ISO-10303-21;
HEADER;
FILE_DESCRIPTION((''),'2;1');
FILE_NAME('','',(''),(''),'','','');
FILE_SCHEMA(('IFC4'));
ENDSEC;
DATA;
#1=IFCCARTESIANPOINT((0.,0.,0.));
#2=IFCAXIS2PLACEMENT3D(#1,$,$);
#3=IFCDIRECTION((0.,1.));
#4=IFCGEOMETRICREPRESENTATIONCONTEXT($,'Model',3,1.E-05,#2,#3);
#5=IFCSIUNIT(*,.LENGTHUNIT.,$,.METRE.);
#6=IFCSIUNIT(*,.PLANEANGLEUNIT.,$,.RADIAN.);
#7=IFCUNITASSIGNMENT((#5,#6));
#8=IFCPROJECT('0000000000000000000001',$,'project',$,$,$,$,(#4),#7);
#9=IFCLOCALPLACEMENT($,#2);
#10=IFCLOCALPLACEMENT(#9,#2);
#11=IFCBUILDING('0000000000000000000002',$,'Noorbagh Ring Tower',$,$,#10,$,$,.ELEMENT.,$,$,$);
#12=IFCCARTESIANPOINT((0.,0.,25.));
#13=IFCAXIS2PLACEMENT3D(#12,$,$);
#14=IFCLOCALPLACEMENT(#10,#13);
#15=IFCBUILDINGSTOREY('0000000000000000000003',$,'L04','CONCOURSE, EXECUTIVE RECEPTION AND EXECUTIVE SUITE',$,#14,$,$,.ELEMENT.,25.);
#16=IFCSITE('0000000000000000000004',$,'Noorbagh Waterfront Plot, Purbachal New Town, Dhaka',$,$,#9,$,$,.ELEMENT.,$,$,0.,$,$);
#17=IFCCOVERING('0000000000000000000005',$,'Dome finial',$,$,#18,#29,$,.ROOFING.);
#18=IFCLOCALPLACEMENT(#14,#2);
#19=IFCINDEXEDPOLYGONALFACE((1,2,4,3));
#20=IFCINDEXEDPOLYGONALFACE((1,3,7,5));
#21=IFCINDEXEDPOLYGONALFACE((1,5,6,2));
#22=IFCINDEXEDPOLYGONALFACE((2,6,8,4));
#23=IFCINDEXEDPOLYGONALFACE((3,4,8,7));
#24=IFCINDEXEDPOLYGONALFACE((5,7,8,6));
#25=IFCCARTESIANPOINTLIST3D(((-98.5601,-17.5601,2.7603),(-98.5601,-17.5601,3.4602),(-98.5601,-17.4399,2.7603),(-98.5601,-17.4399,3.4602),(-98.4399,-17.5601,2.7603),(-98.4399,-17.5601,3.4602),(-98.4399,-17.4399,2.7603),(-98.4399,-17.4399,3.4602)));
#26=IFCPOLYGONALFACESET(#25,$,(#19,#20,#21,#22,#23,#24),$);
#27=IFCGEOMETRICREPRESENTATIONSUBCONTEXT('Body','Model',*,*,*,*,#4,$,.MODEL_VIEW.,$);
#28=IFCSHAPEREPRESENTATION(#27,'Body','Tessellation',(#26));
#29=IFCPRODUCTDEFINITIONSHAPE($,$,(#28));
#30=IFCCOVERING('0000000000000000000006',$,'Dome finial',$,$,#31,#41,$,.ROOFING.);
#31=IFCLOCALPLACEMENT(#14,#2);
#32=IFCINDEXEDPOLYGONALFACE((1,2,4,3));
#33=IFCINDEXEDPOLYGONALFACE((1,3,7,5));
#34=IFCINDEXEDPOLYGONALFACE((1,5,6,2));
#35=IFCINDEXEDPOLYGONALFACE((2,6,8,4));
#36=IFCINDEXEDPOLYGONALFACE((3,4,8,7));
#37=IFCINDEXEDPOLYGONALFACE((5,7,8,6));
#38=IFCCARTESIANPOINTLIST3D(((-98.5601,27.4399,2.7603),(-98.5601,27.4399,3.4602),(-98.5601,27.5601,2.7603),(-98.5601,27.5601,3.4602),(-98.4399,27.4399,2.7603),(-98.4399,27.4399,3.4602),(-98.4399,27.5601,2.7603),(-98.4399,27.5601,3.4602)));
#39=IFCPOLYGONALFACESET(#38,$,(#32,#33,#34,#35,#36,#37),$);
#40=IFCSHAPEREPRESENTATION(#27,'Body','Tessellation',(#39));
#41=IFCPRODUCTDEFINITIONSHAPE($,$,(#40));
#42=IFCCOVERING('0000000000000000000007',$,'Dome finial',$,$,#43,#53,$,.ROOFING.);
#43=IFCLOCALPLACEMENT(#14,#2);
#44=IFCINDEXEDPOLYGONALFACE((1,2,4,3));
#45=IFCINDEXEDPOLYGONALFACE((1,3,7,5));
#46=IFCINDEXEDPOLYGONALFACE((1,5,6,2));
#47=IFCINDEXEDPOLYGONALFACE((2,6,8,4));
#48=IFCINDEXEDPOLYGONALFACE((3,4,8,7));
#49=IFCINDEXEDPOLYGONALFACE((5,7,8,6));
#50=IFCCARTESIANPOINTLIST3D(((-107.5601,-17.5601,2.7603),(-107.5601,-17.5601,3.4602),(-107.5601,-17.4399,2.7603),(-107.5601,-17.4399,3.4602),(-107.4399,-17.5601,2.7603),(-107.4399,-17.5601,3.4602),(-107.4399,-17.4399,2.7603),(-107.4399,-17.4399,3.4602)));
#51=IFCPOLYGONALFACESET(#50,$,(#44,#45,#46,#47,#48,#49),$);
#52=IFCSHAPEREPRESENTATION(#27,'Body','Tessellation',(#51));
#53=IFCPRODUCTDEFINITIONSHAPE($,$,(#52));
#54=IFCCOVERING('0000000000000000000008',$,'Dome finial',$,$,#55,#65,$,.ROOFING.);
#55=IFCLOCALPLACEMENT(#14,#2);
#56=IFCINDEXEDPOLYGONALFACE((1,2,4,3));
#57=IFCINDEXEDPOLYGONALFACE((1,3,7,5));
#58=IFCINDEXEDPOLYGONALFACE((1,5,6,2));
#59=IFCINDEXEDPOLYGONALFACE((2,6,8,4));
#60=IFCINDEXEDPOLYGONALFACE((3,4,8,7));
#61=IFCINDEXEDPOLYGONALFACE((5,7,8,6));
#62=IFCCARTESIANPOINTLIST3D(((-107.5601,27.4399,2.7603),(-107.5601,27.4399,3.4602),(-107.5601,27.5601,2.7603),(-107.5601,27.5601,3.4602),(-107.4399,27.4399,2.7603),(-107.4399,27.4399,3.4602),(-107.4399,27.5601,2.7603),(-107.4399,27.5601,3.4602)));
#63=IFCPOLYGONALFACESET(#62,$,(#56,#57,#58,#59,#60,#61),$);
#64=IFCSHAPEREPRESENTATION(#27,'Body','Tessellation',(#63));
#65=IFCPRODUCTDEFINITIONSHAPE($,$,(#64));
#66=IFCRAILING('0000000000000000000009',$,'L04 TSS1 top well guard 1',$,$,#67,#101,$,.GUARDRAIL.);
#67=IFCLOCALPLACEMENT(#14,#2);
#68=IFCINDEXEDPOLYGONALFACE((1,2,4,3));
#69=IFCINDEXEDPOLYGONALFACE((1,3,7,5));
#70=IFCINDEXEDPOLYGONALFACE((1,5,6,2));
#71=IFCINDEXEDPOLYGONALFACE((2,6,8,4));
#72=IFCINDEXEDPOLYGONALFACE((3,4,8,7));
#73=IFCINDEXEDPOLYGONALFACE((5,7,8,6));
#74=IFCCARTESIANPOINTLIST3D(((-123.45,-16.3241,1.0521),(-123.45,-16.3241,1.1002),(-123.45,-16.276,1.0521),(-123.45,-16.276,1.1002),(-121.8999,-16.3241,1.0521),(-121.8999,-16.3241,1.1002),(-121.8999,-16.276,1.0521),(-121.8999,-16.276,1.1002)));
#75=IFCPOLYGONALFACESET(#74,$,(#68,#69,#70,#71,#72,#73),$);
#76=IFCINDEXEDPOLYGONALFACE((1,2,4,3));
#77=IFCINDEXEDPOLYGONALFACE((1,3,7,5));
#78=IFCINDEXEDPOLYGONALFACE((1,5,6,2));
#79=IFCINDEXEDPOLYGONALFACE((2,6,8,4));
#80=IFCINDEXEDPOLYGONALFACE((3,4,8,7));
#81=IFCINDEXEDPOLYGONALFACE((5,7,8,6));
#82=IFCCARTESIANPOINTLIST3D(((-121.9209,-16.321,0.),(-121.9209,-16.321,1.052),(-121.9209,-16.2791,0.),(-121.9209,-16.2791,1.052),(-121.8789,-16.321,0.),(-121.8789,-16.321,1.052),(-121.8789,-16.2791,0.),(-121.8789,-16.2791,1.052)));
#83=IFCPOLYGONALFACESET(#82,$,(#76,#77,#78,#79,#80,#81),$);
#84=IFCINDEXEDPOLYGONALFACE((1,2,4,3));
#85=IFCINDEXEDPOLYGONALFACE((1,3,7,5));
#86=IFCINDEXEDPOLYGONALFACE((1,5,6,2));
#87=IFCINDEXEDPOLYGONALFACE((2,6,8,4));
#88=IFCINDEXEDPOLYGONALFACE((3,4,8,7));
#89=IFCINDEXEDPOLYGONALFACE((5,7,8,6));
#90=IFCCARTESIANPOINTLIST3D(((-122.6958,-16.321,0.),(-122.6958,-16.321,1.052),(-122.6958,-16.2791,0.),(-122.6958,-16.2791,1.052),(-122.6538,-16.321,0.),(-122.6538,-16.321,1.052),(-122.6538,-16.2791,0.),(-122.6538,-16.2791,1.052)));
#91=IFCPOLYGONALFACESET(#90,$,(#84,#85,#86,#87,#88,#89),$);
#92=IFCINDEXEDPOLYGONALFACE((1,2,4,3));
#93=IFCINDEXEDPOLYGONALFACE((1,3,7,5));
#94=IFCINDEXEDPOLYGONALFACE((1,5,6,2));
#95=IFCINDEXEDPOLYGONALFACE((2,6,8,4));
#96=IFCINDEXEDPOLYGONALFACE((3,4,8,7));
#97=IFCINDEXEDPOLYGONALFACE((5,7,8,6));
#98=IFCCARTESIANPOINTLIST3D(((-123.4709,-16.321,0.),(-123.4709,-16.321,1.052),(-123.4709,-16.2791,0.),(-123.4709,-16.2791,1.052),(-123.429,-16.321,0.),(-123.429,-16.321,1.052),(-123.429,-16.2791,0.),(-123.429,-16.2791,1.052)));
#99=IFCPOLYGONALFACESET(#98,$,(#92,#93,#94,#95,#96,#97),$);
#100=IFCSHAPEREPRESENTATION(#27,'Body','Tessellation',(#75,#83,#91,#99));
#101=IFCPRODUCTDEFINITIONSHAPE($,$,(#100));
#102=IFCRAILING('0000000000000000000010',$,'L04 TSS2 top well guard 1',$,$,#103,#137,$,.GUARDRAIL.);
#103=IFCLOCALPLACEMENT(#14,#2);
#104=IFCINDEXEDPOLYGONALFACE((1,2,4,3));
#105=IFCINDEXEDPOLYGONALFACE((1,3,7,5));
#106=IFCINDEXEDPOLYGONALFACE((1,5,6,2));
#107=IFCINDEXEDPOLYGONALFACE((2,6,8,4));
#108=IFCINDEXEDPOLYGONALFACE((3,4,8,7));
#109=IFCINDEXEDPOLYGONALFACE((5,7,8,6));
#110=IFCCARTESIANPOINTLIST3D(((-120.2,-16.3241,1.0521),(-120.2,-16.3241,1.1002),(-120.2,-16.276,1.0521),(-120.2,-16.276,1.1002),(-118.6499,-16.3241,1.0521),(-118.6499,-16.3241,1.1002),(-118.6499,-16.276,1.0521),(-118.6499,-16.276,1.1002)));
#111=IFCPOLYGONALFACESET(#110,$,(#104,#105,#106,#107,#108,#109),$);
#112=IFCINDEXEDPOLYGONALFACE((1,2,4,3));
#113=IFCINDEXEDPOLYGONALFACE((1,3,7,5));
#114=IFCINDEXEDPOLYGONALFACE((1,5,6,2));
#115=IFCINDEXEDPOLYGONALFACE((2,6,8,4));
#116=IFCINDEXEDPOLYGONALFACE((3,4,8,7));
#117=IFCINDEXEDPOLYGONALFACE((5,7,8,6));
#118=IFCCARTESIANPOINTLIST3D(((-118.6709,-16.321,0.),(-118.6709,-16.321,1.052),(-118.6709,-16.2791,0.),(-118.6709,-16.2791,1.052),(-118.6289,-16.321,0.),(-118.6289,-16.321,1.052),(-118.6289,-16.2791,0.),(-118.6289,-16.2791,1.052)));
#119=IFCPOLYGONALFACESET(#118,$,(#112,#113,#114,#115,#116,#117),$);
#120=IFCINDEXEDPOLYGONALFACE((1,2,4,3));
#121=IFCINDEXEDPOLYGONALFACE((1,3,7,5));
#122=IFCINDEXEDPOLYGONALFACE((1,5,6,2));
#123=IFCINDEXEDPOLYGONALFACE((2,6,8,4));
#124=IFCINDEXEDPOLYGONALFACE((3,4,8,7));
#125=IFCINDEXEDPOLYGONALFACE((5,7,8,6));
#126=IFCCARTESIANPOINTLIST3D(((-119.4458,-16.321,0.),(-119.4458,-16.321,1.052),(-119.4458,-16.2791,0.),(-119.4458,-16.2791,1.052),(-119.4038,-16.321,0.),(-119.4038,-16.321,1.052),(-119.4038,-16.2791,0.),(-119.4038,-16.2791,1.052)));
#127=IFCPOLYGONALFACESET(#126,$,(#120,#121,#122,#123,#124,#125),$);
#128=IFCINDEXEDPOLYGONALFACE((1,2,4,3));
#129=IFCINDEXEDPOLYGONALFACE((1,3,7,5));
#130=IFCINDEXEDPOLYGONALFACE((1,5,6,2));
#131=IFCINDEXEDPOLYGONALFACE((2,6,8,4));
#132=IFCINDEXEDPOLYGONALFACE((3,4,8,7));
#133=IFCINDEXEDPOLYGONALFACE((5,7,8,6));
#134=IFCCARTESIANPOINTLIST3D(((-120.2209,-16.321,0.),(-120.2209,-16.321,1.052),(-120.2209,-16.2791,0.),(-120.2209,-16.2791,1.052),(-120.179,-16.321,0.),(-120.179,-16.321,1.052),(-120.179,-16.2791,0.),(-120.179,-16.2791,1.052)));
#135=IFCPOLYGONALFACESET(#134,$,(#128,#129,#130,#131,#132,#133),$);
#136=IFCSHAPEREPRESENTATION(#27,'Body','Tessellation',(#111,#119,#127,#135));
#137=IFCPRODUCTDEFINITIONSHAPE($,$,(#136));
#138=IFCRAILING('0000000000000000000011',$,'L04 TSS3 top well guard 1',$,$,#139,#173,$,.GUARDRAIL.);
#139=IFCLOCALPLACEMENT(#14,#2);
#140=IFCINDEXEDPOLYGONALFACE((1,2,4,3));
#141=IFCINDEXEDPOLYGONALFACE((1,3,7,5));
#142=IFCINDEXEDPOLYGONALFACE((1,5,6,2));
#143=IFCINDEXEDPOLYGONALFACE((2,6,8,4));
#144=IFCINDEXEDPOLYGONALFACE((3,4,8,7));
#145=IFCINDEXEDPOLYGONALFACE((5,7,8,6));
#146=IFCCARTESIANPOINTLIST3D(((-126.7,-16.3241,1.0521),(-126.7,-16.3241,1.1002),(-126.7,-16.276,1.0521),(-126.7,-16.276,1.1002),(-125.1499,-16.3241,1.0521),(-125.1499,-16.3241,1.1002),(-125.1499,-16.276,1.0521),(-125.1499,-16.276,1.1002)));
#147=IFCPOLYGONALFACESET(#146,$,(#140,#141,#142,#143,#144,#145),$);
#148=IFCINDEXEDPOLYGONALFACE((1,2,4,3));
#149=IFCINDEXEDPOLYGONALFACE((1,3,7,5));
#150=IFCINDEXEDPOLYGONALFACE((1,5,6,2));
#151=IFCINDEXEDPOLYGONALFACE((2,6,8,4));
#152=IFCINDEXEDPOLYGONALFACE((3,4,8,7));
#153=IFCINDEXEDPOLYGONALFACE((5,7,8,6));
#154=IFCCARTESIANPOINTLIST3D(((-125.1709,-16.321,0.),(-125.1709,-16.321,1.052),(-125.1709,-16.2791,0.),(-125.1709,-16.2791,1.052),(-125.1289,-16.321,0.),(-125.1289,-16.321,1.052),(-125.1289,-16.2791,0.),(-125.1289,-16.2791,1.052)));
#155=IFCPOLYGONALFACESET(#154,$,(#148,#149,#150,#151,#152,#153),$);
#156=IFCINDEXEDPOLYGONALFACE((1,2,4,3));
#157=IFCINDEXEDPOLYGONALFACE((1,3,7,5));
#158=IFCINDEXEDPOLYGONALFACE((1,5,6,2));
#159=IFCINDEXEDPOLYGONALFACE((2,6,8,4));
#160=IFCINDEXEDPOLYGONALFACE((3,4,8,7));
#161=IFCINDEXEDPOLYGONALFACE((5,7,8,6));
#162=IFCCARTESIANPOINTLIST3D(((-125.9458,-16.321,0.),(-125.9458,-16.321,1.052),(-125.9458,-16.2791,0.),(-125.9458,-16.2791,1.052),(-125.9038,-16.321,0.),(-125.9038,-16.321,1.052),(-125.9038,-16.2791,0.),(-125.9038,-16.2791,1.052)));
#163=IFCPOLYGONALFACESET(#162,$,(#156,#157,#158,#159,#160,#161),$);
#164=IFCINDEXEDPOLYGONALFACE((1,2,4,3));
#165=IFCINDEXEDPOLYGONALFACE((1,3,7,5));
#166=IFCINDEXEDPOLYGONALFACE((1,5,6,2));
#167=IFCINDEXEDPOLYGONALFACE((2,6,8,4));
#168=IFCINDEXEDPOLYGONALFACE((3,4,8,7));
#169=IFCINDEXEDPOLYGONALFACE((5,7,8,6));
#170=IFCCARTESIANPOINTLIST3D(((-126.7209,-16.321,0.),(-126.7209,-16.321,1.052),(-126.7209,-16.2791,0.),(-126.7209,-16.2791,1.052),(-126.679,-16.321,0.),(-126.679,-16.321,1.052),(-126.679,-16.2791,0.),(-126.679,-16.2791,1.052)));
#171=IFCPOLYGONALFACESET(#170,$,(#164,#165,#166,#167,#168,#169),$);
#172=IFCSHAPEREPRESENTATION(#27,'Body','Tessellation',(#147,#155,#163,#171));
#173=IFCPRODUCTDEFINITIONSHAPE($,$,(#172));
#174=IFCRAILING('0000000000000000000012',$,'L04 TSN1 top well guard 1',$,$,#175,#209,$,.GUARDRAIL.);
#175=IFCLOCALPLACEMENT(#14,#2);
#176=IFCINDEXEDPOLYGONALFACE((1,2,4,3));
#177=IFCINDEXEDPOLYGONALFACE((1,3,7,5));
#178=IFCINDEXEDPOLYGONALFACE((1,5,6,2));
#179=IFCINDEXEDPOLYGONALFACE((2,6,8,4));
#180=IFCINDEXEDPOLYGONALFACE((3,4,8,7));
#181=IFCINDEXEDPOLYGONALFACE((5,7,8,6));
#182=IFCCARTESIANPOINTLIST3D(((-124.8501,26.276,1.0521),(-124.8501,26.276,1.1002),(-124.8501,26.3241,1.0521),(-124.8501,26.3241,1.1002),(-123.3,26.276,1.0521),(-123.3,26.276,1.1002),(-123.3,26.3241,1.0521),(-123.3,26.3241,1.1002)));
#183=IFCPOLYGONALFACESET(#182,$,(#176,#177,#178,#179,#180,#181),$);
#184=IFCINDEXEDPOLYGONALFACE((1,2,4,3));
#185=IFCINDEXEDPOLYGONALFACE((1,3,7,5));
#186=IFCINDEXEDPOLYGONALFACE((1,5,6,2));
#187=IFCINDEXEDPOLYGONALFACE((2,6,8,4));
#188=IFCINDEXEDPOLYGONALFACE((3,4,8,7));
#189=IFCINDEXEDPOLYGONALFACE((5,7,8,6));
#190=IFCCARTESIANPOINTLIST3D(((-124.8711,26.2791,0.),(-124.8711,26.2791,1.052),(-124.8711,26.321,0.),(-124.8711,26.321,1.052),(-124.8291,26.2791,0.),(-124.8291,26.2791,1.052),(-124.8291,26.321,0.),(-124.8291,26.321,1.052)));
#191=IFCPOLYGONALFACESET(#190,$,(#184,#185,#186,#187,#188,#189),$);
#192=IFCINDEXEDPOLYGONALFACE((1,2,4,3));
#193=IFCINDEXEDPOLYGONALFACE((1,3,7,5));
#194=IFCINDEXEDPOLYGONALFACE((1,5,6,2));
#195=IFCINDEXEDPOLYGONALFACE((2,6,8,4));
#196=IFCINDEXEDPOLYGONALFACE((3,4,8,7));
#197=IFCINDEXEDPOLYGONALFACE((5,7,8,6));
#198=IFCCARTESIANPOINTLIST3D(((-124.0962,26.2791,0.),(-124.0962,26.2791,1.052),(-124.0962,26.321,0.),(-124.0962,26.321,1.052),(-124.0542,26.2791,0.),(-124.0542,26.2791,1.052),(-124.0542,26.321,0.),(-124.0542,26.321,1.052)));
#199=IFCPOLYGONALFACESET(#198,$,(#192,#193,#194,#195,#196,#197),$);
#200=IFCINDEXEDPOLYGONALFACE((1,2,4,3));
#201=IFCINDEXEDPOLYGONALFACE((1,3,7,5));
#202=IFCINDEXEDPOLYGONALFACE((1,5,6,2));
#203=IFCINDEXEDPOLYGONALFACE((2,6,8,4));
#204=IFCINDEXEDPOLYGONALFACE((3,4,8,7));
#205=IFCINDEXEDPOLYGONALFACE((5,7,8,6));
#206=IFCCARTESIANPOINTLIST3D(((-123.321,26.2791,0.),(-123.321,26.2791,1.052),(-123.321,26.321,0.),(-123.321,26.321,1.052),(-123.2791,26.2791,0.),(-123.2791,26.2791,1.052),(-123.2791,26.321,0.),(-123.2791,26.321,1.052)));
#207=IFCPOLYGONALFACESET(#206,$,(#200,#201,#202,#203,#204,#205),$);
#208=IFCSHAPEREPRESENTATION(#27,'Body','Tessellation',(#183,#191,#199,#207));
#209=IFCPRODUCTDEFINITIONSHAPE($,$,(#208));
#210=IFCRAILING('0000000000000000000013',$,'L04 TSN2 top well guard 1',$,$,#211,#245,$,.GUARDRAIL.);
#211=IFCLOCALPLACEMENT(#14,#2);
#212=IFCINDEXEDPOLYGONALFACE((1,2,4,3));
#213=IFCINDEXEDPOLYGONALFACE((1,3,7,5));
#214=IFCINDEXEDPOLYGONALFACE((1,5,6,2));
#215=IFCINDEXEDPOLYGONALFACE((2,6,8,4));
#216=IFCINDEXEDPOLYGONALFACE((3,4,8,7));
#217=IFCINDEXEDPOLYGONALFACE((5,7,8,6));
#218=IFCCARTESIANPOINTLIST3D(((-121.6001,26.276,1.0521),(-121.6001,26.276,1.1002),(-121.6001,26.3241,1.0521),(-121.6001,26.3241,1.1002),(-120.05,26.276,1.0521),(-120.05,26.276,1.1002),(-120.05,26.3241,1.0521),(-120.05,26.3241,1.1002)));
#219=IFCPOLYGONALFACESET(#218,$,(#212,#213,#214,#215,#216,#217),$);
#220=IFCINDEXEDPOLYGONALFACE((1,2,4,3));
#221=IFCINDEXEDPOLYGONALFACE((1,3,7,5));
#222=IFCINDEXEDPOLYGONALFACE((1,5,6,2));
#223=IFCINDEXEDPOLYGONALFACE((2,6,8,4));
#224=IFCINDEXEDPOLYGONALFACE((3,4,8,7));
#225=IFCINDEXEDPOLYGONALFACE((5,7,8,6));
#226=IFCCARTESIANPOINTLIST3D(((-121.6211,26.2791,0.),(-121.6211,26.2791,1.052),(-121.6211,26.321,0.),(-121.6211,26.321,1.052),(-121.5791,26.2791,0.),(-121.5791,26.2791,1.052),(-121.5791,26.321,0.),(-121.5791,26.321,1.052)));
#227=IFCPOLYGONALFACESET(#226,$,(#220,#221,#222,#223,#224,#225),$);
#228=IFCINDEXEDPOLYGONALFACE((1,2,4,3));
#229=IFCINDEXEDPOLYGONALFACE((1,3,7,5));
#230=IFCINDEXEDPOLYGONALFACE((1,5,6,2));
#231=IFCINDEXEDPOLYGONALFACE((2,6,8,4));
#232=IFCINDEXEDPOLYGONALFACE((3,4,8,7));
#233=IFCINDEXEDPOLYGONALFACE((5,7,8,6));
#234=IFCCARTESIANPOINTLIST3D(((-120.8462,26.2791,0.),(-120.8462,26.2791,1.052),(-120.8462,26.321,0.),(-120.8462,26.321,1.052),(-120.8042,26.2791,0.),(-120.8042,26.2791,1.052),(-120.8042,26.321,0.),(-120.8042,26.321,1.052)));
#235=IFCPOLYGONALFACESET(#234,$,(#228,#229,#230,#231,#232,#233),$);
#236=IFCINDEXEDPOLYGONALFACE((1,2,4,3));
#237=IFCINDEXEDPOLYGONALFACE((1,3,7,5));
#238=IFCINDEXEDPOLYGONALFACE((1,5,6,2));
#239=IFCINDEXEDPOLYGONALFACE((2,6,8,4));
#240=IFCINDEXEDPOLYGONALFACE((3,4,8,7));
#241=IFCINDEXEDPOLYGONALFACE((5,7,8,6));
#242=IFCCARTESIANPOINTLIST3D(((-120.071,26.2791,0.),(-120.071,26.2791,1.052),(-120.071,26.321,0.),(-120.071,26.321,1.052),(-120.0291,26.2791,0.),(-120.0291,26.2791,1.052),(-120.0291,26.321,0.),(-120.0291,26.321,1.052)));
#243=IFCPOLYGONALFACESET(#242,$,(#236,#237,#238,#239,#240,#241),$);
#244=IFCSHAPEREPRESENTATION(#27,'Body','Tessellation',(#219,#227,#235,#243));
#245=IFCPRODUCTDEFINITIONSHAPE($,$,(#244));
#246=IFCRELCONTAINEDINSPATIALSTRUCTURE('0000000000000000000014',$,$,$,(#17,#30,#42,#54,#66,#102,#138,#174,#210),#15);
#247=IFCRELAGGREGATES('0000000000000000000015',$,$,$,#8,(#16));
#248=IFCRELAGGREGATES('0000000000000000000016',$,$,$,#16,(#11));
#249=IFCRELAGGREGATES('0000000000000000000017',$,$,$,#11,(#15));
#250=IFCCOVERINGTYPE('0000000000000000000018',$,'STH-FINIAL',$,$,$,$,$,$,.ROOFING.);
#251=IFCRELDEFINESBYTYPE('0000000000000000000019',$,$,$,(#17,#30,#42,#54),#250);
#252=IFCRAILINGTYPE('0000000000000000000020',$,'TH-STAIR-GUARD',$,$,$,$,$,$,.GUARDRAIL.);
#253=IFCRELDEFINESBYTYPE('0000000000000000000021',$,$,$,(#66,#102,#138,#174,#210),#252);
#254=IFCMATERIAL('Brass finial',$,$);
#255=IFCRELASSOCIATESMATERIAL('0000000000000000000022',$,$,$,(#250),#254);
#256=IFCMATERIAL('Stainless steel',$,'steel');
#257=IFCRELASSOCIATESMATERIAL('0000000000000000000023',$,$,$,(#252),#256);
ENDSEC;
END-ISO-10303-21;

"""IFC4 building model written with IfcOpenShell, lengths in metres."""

from ifc_helpers import new_model, si_unit, direction, frame, origin, origin_2d, place, context, subcontext, project, spatial, rectangle, extrude, material, type_object, element, save


model = new_model("IFC4")

# Units and contexts
model_context = context("Model", 3, precision=1e-05, world=origin(), true_north=direction((0.0, 1.0)))
body_context = subcontext(model_context, "Body", "Model", "MODEL_VIEW")
ifc_project = project(units=[si_unit("LENGTHUNIT", "METRE"), si_unit("PLANEANGLEUNIT", "RADIAN")], contexts=[model_context])

# Site, building, storey
site_placement = place(None, origin())
site = spatial("IfcSite", under=ifc_project, at=site_placement, Name="Noorbagh Waterfront Plot, Purbachal New Town, Dhaka", CompositionType="ELEMENT", RefElevation=0.0)
building_placement = place(site_placement, origin())
building = spatial("IfcBuilding", under=site, at=building_placement, Name="Noorbagh Ring Tower", CompositionType="ELEMENT")
storey_placement = place(building_placement, frame((0.0, 0.0, 25.0)))
storey = spatial("IfcBuildingStorey", under=building, at=storey_placement, Name="L04", Description="CONCOURSE, EXECUTIVE RECEPTION AND EXECUTIVE SUITE", CompositionType="ELEMENT", Elevation=25.0)

# Coverings
ifc_material_1 = material(Name="Brass finial")
covering_type = type_object("IfcCoveringType", Name="STH-FINIAL", PredefinedType="ROOFING", material=ifc_material_1)
for number, where, z_axis, x_axis, name in (
    (1, (-98.5, -17.5, 2.7603), (0.0, 0.0, 1.0), (1.0, 0.0, 0.0), "Dome finial"),
    (2, (-98.5, 27.5, 2.7603), (0.0, 0.0, 1.0), (1.0, 0.0, 0.0), "Dome finial"),
    (3, (-107.5, -17.5, 2.7603), (0.0, 0.0, 1.0), (1.0, 0.0, 0.0), "Dome finial"),
    (4, (-107.5, 27.5, 2.7603), (0.0, 0.0, 1.0), (1.0, 0.0, 0.0), "Dome finial"),
):
    element("IfcCovering", number, at=place(storey_placement, frame(where, z_axis=z_axis, x_axis=x_axis)), inside=storey, type_object=covering_type, Name=name, PredefinedType="ROOFING", context=body_context, shape_type="SweptSolid", body=[
        extrude(rectangle(XDim=0.1201, YDim=0.1201, at=origin_2d()), origin(), (0.0, 0.0, 1.0), 0.7),
    ])

# Railings
ifc_material_2 = material(Name="Stainless steel", Category="steel")
railing_type = type_object("IfcRailingType", Name="TH-STAIR-GUARD", PredefinedType="GUARDRAIL", material=ifc_material_2)
for number, where, name in (
    (5, (-121.8999, -16.3, 0.0), "L04 TSS1 top well guard 1"),
    (6, (-118.6499, -16.3, 0.0), "L04 TSS2 top well guard 1"),
    (7, (-125.1499, -16.3, 0.0), "L04 TSS3 top well guard 1"),
):
    element("IfcRailing", number, at=place(storey_placement, frame(where)), inside=storey, type_object=railing_type, Name=name, PredefinedType="GUARDRAIL", context=body_context, shape_type="SweptSolid", body=[
        extrude(rectangle(XDim=0.0481, YDim=0.0481, at=origin_2d()), frame((0.0, 0.0, 1.0762), z_axis=(-1.0, 0.0, 0.0), x_axis=(0.0, -1.0, 0.0)), (0.0, 0.0, 1.0), 1.55),
        extrude(rectangle(XDim=0.042, YDim=0.042, at=origin_2d()), origin(), (0.0, 0.0, 1.0), 1.052),
        extrude(rectangle(XDim=0.042, YDim=0.042, at=origin_2d()), frame((-0.7749, 0.0, 0.0)), (0.0, 0.0, 1.0), 1.052),
        extrude(rectangle(XDim=0.042, YDim=0.042, at=origin_2d()), frame((-1.55, 0.0, 0.0)), (0.0, 0.0, 1.0), 1.052),
    ])
for number, where, name in (
    (8, (-124.8501, 26.3, 0.0), "L04 TSN1 top well guard 1"),
    (9, (-121.6001, 26.3, 0.0), "L04 TSN2 top well guard 1"),
):
    element("IfcRailing", number, at=place(storey_placement, frame(where)), inside=storey, type_object=railing_type, Name=name, PredefinedType="GUARDRAIL", context=body_context, shape_type="SweptSolid", body=[
        extrude(rectangle(XDim=0.0481, YDim=0.0481, at=origin_2d()), frame((0.0, 0.0, 1.0762), z_axis=(1.0, 0.0, 0.0), x_axis=(0.0, 1.0, 0.0)), (0.0, 0.0, 1.0), 1.55),
        extrude(rectangle(XDim=0.042, YDim=0.042, at=origin_2d()), origin(), (0.0, 0.0, 1.0), 1.052),
        extrude(rectangle(XDim=0.042, YDim=0.042, at=origin_2d()), frame((0.7749, 0.0, 0.0)), (0.0, 0.0, 1.0), 1.052),
        extrude(rectangle(XDim=0.042, YDim=0.042, at=origin_2d()), frame((1.55, 0.0, 0.0)), (0.0, 0.0, 1.0), 1.052),
    ])

save(model, "model.ifc")
